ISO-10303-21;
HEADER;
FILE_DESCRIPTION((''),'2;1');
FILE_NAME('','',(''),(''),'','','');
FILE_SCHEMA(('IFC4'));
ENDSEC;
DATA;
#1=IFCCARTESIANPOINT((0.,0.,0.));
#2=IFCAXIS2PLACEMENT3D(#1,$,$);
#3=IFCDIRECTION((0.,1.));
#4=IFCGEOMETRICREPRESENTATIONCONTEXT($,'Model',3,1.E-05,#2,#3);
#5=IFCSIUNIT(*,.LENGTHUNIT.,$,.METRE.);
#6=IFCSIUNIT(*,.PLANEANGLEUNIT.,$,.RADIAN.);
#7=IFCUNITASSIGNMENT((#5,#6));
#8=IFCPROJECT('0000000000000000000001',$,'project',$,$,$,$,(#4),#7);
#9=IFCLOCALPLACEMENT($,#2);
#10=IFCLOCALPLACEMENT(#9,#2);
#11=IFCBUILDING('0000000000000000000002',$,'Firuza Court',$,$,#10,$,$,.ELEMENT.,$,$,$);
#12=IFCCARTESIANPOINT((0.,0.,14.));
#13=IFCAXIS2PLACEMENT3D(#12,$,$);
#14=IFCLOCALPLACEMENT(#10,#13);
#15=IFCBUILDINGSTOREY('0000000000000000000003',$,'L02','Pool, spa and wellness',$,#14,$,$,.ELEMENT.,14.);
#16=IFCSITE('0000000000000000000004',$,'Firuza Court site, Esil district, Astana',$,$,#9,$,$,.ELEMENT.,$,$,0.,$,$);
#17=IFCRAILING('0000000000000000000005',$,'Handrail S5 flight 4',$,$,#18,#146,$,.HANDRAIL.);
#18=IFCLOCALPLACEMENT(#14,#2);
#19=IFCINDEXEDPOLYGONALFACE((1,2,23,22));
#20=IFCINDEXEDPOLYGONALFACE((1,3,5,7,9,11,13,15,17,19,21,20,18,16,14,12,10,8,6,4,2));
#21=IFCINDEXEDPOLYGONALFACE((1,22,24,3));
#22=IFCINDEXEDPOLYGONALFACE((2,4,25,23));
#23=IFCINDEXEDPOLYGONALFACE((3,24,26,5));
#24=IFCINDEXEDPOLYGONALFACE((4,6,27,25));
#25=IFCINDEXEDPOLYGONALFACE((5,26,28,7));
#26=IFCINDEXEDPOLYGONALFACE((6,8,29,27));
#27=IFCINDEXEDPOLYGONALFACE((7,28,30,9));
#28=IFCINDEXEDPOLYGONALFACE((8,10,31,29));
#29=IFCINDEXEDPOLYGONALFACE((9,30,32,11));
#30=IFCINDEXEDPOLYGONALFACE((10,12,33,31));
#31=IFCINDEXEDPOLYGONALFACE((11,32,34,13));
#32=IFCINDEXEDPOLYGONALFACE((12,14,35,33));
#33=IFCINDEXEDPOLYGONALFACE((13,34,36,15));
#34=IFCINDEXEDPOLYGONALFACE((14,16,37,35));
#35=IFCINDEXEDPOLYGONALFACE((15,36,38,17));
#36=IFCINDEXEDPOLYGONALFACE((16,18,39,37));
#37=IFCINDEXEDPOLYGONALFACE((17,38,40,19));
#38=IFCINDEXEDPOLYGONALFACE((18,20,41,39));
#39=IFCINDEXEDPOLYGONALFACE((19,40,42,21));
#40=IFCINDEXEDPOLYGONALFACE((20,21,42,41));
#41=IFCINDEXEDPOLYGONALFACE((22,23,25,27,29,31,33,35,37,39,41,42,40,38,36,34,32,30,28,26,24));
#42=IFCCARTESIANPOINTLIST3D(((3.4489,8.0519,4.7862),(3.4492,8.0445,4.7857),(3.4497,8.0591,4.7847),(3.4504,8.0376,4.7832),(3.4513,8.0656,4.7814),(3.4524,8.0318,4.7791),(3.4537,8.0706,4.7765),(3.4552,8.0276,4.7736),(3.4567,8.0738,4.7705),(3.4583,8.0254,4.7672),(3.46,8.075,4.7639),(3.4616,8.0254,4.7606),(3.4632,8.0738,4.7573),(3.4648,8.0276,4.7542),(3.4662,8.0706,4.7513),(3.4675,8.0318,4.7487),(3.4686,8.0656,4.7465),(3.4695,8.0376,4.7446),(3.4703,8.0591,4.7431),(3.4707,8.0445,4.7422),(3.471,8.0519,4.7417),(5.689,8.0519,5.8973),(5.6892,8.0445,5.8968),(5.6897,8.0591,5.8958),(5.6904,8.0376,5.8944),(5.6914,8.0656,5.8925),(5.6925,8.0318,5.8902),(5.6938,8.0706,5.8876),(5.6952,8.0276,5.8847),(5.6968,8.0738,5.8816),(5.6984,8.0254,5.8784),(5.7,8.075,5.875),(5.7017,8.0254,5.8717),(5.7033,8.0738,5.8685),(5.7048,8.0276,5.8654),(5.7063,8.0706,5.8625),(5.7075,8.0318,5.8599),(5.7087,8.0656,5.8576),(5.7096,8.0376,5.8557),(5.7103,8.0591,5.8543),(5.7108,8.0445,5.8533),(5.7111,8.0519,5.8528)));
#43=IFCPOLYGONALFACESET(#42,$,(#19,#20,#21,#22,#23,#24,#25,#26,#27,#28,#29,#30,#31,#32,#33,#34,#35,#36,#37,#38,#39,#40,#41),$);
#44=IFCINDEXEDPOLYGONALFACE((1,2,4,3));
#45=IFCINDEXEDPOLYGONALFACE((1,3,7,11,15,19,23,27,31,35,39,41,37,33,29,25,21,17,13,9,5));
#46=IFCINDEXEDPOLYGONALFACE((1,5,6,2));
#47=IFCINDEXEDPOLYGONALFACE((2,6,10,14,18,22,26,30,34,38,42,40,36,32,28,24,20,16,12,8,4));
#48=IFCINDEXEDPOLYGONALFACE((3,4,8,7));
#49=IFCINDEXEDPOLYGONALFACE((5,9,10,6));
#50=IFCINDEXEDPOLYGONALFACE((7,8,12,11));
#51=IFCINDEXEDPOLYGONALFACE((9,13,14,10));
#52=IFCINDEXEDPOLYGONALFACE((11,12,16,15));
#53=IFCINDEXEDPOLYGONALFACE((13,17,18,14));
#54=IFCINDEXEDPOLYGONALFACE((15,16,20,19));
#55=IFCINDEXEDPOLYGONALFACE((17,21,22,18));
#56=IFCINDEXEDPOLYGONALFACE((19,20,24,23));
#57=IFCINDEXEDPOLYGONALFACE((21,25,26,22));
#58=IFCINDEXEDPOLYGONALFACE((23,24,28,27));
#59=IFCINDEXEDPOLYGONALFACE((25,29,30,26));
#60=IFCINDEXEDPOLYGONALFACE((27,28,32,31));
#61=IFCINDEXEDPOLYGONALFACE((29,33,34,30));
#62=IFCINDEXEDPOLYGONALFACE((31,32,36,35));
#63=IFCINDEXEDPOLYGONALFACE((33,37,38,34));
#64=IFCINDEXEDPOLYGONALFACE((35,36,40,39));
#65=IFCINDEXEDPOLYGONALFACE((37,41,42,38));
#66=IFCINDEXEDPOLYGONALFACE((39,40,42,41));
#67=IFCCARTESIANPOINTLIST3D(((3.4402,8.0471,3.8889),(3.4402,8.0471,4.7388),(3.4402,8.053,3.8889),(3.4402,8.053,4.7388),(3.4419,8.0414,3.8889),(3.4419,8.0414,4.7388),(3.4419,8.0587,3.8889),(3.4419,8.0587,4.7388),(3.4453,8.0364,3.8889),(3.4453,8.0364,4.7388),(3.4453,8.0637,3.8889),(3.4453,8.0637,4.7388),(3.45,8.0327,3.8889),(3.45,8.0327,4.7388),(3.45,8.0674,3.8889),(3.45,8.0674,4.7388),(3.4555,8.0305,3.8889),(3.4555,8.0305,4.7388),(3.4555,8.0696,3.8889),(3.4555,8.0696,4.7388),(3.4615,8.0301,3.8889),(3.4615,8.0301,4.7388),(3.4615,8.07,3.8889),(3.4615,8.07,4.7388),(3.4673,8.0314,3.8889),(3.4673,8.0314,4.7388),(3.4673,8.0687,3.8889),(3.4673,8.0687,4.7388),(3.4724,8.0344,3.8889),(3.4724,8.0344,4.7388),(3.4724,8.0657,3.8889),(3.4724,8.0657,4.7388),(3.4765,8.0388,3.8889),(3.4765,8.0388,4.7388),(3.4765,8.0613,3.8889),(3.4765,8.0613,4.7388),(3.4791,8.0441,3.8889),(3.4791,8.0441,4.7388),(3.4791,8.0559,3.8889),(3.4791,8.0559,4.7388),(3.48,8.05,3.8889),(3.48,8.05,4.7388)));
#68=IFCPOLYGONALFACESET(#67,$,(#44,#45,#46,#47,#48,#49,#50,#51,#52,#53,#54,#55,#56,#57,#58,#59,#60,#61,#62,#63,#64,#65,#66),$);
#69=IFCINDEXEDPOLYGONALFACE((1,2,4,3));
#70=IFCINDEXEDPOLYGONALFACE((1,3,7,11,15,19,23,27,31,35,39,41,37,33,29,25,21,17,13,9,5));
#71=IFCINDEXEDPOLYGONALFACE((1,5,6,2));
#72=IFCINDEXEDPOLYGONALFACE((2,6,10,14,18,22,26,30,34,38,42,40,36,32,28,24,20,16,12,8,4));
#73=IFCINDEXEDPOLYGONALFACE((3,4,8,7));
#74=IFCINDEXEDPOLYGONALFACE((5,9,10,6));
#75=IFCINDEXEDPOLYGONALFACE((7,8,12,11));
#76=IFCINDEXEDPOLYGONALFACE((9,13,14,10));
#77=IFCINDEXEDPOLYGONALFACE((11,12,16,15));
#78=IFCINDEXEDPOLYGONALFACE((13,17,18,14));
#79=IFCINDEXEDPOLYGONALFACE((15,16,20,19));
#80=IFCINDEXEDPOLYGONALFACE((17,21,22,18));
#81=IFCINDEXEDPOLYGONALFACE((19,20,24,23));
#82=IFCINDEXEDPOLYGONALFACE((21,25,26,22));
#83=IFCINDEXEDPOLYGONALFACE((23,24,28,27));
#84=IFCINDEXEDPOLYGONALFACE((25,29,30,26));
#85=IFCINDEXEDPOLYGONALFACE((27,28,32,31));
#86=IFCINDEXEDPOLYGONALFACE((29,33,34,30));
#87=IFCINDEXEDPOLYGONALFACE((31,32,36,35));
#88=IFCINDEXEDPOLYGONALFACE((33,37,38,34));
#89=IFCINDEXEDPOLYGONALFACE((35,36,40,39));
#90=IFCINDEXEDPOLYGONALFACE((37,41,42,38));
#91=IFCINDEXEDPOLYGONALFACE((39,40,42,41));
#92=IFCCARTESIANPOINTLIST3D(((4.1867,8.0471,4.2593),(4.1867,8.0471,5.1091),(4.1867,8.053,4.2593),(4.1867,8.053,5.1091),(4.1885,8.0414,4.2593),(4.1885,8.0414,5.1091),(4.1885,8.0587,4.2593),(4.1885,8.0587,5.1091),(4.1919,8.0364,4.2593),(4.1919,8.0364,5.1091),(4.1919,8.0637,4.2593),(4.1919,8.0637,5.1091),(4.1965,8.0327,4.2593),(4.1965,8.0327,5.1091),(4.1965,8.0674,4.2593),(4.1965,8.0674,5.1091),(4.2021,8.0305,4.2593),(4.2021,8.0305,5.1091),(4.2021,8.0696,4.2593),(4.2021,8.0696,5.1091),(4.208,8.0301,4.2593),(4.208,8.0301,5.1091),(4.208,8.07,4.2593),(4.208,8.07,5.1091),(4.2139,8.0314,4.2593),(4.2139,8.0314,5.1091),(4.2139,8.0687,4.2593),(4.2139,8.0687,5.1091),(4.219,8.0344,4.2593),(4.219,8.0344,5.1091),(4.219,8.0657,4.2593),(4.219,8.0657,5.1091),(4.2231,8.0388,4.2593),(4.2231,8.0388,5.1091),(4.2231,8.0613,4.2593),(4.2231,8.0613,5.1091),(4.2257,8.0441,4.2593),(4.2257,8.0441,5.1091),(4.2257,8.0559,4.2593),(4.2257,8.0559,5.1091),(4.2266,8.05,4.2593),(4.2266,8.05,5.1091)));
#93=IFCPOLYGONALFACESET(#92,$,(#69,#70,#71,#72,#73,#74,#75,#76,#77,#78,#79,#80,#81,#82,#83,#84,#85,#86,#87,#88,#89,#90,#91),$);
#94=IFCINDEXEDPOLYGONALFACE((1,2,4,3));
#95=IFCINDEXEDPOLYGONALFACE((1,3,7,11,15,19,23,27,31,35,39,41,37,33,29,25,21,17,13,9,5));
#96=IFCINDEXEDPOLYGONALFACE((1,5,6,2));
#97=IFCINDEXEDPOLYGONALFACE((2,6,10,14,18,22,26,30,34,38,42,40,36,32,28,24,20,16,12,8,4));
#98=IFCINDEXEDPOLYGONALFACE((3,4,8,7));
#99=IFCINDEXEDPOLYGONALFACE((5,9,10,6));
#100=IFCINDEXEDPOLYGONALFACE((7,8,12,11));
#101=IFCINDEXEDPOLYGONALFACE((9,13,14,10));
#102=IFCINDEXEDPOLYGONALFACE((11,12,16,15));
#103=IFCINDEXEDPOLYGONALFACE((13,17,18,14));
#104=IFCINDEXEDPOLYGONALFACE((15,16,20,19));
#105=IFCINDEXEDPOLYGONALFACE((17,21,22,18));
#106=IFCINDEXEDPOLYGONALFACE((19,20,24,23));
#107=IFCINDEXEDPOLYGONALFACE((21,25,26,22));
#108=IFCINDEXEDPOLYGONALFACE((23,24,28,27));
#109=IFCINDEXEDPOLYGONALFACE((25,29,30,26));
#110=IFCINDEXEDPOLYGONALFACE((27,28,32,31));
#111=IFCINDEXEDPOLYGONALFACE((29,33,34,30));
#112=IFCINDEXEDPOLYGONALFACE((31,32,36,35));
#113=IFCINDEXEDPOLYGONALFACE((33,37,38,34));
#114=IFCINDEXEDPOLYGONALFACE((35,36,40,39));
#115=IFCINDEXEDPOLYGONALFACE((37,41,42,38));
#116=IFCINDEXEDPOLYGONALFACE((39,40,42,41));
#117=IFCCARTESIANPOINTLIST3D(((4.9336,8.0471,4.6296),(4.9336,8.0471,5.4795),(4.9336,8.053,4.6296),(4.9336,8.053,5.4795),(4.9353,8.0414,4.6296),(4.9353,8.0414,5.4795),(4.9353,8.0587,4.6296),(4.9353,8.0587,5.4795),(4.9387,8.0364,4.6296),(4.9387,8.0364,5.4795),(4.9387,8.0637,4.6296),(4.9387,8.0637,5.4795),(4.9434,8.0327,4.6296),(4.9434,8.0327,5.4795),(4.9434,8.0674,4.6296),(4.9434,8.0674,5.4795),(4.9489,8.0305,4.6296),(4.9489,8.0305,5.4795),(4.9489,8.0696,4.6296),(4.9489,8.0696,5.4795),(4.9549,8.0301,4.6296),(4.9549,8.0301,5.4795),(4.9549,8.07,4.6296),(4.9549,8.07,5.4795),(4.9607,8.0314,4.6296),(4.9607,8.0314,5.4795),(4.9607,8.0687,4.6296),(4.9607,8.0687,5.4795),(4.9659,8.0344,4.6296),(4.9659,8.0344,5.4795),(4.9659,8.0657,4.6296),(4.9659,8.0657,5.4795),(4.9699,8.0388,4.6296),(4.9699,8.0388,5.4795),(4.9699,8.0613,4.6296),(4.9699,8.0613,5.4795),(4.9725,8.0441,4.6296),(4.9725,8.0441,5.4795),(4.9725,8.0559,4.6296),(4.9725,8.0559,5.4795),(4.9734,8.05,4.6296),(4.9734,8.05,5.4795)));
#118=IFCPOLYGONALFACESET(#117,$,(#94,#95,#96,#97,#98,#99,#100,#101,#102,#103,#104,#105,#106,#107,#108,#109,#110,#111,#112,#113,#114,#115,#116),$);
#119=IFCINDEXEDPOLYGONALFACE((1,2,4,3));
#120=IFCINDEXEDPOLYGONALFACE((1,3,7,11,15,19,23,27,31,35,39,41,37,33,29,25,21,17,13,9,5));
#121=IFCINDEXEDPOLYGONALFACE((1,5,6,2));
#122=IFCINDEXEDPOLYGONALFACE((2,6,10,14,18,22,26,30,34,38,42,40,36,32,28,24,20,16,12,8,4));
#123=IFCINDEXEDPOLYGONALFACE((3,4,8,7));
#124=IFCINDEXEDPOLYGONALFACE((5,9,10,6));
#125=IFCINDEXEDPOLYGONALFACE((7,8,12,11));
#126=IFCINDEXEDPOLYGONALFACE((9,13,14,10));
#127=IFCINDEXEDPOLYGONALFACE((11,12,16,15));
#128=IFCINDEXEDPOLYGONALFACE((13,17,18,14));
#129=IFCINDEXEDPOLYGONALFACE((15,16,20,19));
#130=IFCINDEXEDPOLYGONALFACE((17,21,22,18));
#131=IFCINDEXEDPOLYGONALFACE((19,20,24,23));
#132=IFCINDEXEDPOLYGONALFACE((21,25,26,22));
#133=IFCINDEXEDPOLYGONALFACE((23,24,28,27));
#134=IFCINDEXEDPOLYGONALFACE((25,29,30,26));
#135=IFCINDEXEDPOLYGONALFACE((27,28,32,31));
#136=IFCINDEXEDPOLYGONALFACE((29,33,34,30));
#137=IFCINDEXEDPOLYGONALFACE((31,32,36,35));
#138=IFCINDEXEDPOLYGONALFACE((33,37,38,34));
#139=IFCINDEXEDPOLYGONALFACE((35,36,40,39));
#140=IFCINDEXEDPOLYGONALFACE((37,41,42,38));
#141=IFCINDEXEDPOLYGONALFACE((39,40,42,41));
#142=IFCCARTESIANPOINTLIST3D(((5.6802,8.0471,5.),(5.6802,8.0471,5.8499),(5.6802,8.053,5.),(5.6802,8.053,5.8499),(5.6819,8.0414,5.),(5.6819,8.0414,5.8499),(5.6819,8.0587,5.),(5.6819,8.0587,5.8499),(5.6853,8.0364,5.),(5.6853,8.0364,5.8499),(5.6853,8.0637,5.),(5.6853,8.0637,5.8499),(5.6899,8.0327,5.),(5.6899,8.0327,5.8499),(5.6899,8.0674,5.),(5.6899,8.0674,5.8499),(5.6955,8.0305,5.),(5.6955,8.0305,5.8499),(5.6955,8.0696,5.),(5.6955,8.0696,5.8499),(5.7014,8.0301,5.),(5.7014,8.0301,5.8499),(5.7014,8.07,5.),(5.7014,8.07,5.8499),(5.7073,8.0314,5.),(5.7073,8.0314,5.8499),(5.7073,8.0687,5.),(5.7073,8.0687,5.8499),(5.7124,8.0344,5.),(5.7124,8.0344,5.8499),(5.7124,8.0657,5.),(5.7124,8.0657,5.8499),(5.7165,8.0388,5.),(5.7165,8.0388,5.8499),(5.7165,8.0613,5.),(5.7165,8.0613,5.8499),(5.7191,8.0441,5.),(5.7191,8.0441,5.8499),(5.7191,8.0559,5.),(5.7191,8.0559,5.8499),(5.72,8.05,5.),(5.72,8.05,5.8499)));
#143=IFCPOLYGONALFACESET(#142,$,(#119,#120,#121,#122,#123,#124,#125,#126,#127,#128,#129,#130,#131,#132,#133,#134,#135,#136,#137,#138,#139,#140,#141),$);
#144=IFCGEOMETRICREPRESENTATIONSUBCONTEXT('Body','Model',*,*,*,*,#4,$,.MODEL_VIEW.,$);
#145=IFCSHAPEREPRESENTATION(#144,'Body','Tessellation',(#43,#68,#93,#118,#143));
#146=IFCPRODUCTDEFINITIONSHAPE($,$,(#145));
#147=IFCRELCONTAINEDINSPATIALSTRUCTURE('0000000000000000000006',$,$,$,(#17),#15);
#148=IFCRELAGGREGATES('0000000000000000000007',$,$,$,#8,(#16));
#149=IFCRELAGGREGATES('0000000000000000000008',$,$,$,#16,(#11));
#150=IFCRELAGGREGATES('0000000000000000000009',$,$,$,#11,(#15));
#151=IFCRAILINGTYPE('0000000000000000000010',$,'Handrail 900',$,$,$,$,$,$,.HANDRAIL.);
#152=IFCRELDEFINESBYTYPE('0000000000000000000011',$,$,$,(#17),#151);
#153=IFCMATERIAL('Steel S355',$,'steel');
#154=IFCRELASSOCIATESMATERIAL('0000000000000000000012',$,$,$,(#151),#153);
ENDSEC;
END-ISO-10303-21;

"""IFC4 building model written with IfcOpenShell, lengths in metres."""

from ifc_helpers import new_model, si_unit, direction, frame, origin, origin_2d, place, context, subcontext, project, spatial, circle, extrude, material, type_object, element, save


model = new_model("IFC4")

# Units and contexts
model_context = context("Model", 3, precision=1e-05, world=origin(), true_north=direction((0.0, 1.0)))
body_context = subcontext(model_context, "Body", "Model", "MODEL_VIEW")
ifc_project = project(units=[si_unit("LENGTHUNIT", "METRE"), si_unit("PLANEANGLEUNIT", "RADIAN")], contexts=[model_context])

# Site, building, storey
site_placement = place(None, origin())
site = spatial("IfcSite", under=ifc_project, at=site_placement, Name="Firuza Court site, Esil district, Astana", CompositionType="ELEMENT", RefElevation=0.0)
building_placement = place(site_placement, origin())
building = spatial("IfcBuilding", under=site, at=building_placement, Name="Firuza Court", CompositionType="ELEMENT")
storey_placement = place(building_placement, frame((0.0, 0.0, 14.0)))
storey = spatial("IfcBuildingStorey", under=building, at=storey_placement, Name="L02", Description="Pool, spa and wellness", CompositionType="ELEMENT", Elevation=14.0)

# Railing
ifc_material_1 = material(Name="Steel S355", Category="steel")
railing_type = type_object("IfcRailingType", Name="Handrail 900", PredefinedType="HANDRAIL", material=ifc_material_1)
for number, where, name in (
    (1, (3.46, 8.05, 3.8889), "Handrail S5 flight 4"),
):
    element("IfcRailing", number, at=place(storey_placement, frame(where)), inside=storey, type_object=railing_type, Name=name, PredefinedType="HANDRAIL", context=body_context, shape_type="SweptSolid", body=[
        extrude(circle(Radius=0.0249, at=origin_2d()), frame((0.0, 0.0, 0.875), z_axis=(0.895848, 0.0, 0.44436), x_axis=(0.0, 1.0, 0.0)), (0.0, 0.0, 1.0), 2.5005),
        extrude(circle(Radius=0.02, at=origin_2d()), origin(), (0.0, 0.0, 1.0), 0.8499),
        extrude(circle(Radius=0.02, at=origin_2d()), frame((0.7466, 0.0, 0.3704)), (0.0, 0.0, 1.0), 0.8499),
        extrude(circle(Radius=0.02, at=origin_2d()), frame((1.4934, 0.0, 0.7407)), (0.0, 0.0, 1.0), 0.8499),
        extrude(circle(Radius=0.02, at=origin_2d()), frame((2.24, 0.0, 1.1111)), (0.0, 0.0, 1.0), 0.8499),
    ])

save(model, "model.ifc")
